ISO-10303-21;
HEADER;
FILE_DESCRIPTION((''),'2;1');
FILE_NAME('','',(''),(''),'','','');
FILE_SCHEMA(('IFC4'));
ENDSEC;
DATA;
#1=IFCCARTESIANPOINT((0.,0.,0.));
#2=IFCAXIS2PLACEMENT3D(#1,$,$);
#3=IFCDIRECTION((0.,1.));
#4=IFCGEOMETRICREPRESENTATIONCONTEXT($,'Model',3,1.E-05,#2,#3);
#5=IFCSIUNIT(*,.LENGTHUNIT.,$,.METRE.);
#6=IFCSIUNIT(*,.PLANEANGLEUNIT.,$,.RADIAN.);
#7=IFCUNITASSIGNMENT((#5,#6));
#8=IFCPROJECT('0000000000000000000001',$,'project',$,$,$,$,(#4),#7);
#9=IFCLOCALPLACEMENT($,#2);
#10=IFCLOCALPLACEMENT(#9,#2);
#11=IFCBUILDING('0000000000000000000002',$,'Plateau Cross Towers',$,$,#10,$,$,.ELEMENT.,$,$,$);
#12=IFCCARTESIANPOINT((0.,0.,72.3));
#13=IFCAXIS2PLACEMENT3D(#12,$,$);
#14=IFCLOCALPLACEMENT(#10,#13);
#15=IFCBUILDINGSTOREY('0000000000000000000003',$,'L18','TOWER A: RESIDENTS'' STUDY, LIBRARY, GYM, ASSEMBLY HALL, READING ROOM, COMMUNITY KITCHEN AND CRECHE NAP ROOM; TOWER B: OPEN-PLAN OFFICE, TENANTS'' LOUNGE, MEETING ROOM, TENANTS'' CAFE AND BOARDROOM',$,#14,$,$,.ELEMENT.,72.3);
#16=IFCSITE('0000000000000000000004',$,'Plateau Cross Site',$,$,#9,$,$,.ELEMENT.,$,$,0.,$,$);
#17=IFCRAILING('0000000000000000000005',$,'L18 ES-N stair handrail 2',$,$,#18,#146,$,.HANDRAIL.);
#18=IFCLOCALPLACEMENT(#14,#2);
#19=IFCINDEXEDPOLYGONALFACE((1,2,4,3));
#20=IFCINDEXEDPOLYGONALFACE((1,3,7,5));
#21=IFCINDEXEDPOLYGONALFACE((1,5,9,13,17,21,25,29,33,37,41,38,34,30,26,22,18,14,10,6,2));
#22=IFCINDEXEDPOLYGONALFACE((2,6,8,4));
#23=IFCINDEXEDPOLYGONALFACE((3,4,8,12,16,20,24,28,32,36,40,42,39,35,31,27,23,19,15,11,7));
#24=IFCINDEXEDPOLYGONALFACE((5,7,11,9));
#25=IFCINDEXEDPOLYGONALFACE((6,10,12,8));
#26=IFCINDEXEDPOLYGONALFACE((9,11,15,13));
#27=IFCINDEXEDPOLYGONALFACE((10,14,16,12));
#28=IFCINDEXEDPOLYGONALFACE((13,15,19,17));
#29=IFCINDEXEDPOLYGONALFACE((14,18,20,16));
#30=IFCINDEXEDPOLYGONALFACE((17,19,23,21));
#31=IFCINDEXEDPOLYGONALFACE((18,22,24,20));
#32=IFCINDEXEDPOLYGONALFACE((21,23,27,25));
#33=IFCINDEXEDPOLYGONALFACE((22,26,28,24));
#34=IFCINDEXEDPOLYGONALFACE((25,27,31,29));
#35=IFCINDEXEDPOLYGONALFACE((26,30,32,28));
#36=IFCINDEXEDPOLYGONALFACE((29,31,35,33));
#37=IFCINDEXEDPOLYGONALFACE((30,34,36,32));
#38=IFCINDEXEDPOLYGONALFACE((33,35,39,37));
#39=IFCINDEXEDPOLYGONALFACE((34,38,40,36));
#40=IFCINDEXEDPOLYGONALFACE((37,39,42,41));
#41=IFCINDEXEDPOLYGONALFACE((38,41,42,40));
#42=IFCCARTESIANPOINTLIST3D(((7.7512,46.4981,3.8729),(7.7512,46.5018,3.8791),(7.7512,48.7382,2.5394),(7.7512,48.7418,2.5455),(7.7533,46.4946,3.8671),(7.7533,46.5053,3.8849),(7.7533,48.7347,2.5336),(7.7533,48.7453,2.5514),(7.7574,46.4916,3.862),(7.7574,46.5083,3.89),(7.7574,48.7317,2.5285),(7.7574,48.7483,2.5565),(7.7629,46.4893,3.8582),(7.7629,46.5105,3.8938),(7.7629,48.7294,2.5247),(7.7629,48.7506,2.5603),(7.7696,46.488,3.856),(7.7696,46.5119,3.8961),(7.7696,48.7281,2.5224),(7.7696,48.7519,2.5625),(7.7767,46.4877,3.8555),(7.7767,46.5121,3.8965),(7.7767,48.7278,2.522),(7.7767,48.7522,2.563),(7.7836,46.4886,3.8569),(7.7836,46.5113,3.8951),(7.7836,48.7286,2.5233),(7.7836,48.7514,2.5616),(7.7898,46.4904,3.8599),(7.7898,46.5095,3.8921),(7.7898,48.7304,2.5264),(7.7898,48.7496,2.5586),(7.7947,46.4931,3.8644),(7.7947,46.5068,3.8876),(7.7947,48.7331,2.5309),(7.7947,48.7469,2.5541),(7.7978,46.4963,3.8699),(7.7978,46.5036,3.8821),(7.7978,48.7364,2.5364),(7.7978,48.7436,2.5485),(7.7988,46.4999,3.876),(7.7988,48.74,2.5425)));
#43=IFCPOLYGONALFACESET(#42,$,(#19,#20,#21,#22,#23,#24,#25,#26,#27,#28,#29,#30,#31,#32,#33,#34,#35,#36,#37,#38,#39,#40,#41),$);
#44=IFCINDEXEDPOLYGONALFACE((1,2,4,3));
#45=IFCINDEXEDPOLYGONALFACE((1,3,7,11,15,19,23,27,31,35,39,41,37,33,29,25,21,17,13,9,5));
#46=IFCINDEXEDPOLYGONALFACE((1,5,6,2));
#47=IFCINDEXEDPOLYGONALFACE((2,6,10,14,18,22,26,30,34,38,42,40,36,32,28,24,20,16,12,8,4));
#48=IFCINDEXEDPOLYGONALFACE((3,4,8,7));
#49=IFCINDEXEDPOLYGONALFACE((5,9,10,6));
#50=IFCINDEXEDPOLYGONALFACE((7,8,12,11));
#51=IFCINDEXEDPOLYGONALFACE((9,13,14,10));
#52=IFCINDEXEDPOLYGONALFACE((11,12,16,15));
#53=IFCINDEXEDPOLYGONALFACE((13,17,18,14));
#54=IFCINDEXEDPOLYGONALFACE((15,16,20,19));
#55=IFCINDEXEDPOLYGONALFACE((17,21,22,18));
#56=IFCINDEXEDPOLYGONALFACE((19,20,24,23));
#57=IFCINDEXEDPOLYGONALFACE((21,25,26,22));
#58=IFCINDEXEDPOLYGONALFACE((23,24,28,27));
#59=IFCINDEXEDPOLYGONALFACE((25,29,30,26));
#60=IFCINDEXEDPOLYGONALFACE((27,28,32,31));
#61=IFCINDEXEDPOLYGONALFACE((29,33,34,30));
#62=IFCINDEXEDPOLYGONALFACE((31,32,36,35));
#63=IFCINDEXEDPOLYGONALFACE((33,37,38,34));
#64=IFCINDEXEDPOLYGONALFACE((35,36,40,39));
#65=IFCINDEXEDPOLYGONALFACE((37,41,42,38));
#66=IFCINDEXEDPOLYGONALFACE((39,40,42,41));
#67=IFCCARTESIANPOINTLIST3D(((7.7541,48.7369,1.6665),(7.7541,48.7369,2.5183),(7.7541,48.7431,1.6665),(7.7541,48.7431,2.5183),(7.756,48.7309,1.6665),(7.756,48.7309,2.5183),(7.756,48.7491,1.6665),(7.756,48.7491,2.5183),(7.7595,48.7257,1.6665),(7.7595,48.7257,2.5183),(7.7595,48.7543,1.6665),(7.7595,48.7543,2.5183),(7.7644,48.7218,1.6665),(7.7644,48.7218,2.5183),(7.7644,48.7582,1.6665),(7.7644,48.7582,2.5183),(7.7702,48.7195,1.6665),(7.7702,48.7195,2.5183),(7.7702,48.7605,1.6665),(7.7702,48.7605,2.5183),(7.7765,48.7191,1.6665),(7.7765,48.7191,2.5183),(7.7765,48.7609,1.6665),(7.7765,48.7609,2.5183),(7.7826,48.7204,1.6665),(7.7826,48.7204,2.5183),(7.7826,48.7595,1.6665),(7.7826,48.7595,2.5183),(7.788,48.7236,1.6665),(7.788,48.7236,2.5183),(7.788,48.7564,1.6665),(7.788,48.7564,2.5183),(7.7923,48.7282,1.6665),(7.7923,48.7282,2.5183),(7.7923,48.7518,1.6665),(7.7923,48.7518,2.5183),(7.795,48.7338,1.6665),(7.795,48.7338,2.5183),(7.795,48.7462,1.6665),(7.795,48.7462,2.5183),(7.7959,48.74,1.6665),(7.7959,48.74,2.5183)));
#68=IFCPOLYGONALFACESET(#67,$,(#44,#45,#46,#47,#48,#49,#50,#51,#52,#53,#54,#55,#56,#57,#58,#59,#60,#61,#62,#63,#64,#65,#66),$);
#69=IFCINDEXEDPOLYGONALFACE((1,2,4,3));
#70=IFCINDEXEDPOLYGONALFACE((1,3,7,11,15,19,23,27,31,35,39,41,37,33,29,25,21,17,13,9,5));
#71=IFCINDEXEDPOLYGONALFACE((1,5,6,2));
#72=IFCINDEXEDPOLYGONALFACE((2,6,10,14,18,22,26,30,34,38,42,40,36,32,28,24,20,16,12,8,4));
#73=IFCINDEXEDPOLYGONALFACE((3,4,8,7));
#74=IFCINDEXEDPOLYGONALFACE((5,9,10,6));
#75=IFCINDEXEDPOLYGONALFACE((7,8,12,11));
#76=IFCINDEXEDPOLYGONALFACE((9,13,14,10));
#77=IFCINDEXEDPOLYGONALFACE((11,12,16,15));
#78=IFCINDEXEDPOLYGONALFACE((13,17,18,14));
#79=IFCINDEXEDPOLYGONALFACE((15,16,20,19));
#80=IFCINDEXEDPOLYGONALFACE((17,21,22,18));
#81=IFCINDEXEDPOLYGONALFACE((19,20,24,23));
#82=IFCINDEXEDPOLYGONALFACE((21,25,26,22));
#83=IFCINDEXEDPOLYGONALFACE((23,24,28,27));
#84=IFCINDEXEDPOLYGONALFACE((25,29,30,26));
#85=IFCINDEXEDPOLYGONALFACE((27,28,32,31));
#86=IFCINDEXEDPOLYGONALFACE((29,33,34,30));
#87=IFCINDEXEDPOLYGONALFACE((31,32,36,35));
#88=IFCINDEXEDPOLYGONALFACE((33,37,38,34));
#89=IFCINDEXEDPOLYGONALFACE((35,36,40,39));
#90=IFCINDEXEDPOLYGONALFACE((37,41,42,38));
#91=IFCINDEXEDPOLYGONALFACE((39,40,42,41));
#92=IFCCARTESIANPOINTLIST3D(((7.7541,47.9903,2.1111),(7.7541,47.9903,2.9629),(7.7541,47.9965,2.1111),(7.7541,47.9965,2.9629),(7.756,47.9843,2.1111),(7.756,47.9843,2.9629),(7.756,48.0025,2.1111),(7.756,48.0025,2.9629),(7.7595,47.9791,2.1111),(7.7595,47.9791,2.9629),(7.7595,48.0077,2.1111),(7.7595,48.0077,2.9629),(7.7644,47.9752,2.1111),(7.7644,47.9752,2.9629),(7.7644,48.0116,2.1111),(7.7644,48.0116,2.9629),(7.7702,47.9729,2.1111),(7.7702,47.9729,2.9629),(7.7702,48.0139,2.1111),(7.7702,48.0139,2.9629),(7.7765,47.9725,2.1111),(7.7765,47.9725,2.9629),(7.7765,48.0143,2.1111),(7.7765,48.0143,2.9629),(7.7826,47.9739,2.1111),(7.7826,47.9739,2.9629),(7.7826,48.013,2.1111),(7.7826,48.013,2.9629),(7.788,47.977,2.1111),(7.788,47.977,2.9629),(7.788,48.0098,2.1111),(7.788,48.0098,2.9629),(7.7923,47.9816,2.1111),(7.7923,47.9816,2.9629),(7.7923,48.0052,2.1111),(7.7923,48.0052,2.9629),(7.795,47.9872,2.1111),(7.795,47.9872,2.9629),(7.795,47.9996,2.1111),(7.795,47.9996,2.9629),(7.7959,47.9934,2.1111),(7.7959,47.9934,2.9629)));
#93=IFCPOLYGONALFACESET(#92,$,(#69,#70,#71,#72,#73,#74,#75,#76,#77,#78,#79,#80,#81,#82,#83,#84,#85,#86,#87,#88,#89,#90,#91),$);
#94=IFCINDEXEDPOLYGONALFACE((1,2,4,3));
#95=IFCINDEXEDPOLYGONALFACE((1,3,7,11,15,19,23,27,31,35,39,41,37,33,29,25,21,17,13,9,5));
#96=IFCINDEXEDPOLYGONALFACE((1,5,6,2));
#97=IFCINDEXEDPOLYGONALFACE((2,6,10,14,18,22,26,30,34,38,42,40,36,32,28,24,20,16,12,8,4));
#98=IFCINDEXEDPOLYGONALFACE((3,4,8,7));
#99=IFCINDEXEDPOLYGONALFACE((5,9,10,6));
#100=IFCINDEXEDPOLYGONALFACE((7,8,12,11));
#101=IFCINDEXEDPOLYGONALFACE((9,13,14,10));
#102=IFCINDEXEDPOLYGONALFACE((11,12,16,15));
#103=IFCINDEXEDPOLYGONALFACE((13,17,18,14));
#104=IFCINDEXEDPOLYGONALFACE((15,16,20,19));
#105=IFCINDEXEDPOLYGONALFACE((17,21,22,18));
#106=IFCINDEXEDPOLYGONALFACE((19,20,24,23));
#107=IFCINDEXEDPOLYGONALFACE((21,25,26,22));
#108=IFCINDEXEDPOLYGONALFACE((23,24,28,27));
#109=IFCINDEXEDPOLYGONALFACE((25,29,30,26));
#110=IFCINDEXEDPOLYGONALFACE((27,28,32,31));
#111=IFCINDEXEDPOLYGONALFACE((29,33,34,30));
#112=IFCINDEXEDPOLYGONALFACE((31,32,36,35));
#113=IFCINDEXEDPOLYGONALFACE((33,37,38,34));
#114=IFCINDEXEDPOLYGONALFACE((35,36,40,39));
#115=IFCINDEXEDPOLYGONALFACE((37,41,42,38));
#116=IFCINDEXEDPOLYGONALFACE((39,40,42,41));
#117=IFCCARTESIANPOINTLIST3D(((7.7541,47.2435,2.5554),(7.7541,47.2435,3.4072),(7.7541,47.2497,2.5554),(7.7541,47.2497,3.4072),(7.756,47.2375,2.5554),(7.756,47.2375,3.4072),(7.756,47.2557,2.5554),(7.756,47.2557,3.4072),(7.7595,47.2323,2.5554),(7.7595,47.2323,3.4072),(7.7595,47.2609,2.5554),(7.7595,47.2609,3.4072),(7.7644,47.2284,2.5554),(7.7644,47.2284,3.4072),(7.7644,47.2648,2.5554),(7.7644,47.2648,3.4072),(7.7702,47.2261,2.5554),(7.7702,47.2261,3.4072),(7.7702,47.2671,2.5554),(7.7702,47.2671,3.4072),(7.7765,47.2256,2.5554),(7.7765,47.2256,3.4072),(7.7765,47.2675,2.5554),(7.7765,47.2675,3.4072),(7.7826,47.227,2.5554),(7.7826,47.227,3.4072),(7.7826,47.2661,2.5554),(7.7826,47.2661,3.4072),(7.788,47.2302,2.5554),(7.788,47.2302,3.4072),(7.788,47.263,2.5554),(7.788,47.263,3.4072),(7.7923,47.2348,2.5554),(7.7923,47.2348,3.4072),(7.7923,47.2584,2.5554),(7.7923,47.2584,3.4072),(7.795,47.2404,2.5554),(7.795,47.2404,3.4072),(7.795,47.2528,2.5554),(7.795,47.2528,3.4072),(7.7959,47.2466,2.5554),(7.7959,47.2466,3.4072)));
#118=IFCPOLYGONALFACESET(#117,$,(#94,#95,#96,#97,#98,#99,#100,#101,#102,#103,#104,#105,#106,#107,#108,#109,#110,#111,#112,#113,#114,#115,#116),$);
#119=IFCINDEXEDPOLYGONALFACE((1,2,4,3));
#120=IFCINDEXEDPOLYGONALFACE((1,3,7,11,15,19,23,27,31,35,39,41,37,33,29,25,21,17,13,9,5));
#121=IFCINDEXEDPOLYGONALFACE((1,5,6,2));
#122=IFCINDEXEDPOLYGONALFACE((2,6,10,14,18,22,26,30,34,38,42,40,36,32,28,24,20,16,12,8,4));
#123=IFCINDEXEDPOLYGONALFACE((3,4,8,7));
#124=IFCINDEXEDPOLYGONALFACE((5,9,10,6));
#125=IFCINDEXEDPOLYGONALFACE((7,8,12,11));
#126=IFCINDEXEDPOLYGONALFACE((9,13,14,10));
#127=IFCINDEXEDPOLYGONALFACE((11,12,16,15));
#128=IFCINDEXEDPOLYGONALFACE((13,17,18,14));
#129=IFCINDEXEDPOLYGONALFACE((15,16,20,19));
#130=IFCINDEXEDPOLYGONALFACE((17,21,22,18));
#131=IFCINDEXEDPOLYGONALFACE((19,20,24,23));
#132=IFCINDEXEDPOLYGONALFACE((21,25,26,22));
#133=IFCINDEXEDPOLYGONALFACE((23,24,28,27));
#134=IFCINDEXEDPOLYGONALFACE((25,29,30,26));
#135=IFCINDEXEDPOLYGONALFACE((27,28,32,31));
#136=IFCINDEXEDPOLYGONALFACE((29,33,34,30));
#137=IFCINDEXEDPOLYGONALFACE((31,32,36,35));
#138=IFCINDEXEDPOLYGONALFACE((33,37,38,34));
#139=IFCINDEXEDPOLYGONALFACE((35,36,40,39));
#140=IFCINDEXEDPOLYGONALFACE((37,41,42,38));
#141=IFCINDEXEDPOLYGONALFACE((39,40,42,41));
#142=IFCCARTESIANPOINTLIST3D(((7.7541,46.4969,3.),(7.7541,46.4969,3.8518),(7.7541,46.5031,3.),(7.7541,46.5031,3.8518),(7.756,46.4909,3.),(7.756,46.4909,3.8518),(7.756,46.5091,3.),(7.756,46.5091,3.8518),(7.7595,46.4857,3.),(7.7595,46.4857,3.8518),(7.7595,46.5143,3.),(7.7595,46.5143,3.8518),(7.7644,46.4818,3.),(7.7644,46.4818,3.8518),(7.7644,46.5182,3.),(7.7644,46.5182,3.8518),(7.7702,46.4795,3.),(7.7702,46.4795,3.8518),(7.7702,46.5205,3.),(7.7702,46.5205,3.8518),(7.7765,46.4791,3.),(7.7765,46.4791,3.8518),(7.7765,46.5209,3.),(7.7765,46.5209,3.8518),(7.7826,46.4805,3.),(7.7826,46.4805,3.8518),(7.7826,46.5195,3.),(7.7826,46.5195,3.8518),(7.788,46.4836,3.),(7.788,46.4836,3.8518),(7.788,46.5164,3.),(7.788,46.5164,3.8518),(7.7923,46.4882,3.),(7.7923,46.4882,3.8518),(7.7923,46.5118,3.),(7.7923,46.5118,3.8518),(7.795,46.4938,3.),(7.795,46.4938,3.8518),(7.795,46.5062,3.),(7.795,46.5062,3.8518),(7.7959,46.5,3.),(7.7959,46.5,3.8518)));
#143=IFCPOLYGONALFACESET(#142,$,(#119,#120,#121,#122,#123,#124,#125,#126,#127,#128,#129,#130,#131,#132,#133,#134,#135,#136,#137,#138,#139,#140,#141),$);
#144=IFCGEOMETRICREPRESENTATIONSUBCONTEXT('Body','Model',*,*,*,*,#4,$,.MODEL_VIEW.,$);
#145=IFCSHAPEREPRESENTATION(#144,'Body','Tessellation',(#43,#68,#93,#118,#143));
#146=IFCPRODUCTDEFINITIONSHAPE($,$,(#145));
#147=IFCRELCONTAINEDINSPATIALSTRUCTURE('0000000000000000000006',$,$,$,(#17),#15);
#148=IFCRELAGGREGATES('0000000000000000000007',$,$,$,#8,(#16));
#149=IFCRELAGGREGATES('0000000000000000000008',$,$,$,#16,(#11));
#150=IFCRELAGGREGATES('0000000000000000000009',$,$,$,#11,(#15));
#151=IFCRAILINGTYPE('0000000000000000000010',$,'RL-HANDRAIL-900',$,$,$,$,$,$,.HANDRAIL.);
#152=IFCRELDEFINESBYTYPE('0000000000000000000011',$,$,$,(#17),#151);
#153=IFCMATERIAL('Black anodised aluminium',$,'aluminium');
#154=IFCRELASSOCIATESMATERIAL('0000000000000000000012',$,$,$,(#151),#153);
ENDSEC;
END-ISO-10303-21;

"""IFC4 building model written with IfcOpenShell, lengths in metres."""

from ifc_helpers import new_model, si_unit, direction, frame, origin, origin_2d, place, context, subcontext, project, spatial, circle, extrude, material, type_object, element, save


model = new_model("IFC4")

# Units and contexts
model_context = context("Model", 3, precision=1e-05, world=origin(), true_north=direction((0.0, 1.0)))
body_context = subcontext(model_context, "Body", "Model", "MODEL_VIEW")
ifc_project = project(units=[si_unit("LENGTHUNIT", "METRE"), si_unit("PLANEANGLEUNIT", "RADIAN")], contexts=[model_context])

# Site, building, storey
site_placement = place(None, origin())
site = spatial("IfcSite", under=ifc_project, at=site_placement, Name="Plateau Cross Site", CompositionType="ELEMENT", RefElevation=0.0)
building_placement = place(site_placement, origin())
building = spatial("IfcBuilding", under=site, at=building_placement, Name="Plateau Cross Towers", CompositionType="ELEMENT")
storey_placement = place(building_placement, frame((0.0, 0.0, 72.3)))
storey = spatial("IfcBuildingStorey", under=building, at=storey_placement, Name="L18", Description="TOWER A: RESIDENTS' STUDY, LIBRARY, GYM, ASSEMBLY HALL, READING ROOM, COMMUNITY KITCHEN AND CRECHE NAP ROOM; TOWER B: OPEN-PLAN OFFICE, TENANTS' LOUNGE, MEETING ROOM, TENANTS' CAFE AND BOARDROOM", CompositionType="ELEMENT", Elevation=72.3)

# Shared definitions
ifc_material_1 = material(Name="Black anodised aluminium", Category="aluminium")

# Railing
railing_type_1 = type_object("IfcRailingType", Name="RL-HANDRAIL-900", PredefinedType="HANDRAIL", material=ifc_material_1)
railing_1_placement = place(storey_placement, frame((7.7749, 48.74, 1.6665)))
element("IfcRailing", 1, at=railing_1_placement, inside=storey, type_object=railing_type_1, Name="L18 ES-N stair handrail 2", PredefinedType="HANDRAIL", context=body_context, shape_type="SweptSolid", body=[
    extrude(circle(Radius=0.0239, at=origin_2d()), frame((0.0, 0.0, 0.876), z_axis=(0.0, -0.859264, 0.511532), x_axis=(1.0, 0.0, 0.0)), (0.0, 0.0, 1.0), 2.6069),
    extrude(circle(Radius=0.021, at=origin_2d()), origin(), (0.0, 0.0, 1.0), 0.8518),
    extrude(circle(Radius=0.021, at=origin_2d()), frame((0.0, -0.7466, 0.4446)), (0.0, 0.0, 1.0), 0.8518),
    extrude(circle(Radius=0.021, at=origin_2d()), frame((0.0, -1.4934, 0.8889)), (0.0, 0.0, 1.0), 0.8518),
    extrude(circle(Radius=0.021, at=origin_2d()), frame((0.0, -2.24, 1.3335)), (0.0, 0.0, 1.0), 0.8518),
])

save(model, "model.ifc")
